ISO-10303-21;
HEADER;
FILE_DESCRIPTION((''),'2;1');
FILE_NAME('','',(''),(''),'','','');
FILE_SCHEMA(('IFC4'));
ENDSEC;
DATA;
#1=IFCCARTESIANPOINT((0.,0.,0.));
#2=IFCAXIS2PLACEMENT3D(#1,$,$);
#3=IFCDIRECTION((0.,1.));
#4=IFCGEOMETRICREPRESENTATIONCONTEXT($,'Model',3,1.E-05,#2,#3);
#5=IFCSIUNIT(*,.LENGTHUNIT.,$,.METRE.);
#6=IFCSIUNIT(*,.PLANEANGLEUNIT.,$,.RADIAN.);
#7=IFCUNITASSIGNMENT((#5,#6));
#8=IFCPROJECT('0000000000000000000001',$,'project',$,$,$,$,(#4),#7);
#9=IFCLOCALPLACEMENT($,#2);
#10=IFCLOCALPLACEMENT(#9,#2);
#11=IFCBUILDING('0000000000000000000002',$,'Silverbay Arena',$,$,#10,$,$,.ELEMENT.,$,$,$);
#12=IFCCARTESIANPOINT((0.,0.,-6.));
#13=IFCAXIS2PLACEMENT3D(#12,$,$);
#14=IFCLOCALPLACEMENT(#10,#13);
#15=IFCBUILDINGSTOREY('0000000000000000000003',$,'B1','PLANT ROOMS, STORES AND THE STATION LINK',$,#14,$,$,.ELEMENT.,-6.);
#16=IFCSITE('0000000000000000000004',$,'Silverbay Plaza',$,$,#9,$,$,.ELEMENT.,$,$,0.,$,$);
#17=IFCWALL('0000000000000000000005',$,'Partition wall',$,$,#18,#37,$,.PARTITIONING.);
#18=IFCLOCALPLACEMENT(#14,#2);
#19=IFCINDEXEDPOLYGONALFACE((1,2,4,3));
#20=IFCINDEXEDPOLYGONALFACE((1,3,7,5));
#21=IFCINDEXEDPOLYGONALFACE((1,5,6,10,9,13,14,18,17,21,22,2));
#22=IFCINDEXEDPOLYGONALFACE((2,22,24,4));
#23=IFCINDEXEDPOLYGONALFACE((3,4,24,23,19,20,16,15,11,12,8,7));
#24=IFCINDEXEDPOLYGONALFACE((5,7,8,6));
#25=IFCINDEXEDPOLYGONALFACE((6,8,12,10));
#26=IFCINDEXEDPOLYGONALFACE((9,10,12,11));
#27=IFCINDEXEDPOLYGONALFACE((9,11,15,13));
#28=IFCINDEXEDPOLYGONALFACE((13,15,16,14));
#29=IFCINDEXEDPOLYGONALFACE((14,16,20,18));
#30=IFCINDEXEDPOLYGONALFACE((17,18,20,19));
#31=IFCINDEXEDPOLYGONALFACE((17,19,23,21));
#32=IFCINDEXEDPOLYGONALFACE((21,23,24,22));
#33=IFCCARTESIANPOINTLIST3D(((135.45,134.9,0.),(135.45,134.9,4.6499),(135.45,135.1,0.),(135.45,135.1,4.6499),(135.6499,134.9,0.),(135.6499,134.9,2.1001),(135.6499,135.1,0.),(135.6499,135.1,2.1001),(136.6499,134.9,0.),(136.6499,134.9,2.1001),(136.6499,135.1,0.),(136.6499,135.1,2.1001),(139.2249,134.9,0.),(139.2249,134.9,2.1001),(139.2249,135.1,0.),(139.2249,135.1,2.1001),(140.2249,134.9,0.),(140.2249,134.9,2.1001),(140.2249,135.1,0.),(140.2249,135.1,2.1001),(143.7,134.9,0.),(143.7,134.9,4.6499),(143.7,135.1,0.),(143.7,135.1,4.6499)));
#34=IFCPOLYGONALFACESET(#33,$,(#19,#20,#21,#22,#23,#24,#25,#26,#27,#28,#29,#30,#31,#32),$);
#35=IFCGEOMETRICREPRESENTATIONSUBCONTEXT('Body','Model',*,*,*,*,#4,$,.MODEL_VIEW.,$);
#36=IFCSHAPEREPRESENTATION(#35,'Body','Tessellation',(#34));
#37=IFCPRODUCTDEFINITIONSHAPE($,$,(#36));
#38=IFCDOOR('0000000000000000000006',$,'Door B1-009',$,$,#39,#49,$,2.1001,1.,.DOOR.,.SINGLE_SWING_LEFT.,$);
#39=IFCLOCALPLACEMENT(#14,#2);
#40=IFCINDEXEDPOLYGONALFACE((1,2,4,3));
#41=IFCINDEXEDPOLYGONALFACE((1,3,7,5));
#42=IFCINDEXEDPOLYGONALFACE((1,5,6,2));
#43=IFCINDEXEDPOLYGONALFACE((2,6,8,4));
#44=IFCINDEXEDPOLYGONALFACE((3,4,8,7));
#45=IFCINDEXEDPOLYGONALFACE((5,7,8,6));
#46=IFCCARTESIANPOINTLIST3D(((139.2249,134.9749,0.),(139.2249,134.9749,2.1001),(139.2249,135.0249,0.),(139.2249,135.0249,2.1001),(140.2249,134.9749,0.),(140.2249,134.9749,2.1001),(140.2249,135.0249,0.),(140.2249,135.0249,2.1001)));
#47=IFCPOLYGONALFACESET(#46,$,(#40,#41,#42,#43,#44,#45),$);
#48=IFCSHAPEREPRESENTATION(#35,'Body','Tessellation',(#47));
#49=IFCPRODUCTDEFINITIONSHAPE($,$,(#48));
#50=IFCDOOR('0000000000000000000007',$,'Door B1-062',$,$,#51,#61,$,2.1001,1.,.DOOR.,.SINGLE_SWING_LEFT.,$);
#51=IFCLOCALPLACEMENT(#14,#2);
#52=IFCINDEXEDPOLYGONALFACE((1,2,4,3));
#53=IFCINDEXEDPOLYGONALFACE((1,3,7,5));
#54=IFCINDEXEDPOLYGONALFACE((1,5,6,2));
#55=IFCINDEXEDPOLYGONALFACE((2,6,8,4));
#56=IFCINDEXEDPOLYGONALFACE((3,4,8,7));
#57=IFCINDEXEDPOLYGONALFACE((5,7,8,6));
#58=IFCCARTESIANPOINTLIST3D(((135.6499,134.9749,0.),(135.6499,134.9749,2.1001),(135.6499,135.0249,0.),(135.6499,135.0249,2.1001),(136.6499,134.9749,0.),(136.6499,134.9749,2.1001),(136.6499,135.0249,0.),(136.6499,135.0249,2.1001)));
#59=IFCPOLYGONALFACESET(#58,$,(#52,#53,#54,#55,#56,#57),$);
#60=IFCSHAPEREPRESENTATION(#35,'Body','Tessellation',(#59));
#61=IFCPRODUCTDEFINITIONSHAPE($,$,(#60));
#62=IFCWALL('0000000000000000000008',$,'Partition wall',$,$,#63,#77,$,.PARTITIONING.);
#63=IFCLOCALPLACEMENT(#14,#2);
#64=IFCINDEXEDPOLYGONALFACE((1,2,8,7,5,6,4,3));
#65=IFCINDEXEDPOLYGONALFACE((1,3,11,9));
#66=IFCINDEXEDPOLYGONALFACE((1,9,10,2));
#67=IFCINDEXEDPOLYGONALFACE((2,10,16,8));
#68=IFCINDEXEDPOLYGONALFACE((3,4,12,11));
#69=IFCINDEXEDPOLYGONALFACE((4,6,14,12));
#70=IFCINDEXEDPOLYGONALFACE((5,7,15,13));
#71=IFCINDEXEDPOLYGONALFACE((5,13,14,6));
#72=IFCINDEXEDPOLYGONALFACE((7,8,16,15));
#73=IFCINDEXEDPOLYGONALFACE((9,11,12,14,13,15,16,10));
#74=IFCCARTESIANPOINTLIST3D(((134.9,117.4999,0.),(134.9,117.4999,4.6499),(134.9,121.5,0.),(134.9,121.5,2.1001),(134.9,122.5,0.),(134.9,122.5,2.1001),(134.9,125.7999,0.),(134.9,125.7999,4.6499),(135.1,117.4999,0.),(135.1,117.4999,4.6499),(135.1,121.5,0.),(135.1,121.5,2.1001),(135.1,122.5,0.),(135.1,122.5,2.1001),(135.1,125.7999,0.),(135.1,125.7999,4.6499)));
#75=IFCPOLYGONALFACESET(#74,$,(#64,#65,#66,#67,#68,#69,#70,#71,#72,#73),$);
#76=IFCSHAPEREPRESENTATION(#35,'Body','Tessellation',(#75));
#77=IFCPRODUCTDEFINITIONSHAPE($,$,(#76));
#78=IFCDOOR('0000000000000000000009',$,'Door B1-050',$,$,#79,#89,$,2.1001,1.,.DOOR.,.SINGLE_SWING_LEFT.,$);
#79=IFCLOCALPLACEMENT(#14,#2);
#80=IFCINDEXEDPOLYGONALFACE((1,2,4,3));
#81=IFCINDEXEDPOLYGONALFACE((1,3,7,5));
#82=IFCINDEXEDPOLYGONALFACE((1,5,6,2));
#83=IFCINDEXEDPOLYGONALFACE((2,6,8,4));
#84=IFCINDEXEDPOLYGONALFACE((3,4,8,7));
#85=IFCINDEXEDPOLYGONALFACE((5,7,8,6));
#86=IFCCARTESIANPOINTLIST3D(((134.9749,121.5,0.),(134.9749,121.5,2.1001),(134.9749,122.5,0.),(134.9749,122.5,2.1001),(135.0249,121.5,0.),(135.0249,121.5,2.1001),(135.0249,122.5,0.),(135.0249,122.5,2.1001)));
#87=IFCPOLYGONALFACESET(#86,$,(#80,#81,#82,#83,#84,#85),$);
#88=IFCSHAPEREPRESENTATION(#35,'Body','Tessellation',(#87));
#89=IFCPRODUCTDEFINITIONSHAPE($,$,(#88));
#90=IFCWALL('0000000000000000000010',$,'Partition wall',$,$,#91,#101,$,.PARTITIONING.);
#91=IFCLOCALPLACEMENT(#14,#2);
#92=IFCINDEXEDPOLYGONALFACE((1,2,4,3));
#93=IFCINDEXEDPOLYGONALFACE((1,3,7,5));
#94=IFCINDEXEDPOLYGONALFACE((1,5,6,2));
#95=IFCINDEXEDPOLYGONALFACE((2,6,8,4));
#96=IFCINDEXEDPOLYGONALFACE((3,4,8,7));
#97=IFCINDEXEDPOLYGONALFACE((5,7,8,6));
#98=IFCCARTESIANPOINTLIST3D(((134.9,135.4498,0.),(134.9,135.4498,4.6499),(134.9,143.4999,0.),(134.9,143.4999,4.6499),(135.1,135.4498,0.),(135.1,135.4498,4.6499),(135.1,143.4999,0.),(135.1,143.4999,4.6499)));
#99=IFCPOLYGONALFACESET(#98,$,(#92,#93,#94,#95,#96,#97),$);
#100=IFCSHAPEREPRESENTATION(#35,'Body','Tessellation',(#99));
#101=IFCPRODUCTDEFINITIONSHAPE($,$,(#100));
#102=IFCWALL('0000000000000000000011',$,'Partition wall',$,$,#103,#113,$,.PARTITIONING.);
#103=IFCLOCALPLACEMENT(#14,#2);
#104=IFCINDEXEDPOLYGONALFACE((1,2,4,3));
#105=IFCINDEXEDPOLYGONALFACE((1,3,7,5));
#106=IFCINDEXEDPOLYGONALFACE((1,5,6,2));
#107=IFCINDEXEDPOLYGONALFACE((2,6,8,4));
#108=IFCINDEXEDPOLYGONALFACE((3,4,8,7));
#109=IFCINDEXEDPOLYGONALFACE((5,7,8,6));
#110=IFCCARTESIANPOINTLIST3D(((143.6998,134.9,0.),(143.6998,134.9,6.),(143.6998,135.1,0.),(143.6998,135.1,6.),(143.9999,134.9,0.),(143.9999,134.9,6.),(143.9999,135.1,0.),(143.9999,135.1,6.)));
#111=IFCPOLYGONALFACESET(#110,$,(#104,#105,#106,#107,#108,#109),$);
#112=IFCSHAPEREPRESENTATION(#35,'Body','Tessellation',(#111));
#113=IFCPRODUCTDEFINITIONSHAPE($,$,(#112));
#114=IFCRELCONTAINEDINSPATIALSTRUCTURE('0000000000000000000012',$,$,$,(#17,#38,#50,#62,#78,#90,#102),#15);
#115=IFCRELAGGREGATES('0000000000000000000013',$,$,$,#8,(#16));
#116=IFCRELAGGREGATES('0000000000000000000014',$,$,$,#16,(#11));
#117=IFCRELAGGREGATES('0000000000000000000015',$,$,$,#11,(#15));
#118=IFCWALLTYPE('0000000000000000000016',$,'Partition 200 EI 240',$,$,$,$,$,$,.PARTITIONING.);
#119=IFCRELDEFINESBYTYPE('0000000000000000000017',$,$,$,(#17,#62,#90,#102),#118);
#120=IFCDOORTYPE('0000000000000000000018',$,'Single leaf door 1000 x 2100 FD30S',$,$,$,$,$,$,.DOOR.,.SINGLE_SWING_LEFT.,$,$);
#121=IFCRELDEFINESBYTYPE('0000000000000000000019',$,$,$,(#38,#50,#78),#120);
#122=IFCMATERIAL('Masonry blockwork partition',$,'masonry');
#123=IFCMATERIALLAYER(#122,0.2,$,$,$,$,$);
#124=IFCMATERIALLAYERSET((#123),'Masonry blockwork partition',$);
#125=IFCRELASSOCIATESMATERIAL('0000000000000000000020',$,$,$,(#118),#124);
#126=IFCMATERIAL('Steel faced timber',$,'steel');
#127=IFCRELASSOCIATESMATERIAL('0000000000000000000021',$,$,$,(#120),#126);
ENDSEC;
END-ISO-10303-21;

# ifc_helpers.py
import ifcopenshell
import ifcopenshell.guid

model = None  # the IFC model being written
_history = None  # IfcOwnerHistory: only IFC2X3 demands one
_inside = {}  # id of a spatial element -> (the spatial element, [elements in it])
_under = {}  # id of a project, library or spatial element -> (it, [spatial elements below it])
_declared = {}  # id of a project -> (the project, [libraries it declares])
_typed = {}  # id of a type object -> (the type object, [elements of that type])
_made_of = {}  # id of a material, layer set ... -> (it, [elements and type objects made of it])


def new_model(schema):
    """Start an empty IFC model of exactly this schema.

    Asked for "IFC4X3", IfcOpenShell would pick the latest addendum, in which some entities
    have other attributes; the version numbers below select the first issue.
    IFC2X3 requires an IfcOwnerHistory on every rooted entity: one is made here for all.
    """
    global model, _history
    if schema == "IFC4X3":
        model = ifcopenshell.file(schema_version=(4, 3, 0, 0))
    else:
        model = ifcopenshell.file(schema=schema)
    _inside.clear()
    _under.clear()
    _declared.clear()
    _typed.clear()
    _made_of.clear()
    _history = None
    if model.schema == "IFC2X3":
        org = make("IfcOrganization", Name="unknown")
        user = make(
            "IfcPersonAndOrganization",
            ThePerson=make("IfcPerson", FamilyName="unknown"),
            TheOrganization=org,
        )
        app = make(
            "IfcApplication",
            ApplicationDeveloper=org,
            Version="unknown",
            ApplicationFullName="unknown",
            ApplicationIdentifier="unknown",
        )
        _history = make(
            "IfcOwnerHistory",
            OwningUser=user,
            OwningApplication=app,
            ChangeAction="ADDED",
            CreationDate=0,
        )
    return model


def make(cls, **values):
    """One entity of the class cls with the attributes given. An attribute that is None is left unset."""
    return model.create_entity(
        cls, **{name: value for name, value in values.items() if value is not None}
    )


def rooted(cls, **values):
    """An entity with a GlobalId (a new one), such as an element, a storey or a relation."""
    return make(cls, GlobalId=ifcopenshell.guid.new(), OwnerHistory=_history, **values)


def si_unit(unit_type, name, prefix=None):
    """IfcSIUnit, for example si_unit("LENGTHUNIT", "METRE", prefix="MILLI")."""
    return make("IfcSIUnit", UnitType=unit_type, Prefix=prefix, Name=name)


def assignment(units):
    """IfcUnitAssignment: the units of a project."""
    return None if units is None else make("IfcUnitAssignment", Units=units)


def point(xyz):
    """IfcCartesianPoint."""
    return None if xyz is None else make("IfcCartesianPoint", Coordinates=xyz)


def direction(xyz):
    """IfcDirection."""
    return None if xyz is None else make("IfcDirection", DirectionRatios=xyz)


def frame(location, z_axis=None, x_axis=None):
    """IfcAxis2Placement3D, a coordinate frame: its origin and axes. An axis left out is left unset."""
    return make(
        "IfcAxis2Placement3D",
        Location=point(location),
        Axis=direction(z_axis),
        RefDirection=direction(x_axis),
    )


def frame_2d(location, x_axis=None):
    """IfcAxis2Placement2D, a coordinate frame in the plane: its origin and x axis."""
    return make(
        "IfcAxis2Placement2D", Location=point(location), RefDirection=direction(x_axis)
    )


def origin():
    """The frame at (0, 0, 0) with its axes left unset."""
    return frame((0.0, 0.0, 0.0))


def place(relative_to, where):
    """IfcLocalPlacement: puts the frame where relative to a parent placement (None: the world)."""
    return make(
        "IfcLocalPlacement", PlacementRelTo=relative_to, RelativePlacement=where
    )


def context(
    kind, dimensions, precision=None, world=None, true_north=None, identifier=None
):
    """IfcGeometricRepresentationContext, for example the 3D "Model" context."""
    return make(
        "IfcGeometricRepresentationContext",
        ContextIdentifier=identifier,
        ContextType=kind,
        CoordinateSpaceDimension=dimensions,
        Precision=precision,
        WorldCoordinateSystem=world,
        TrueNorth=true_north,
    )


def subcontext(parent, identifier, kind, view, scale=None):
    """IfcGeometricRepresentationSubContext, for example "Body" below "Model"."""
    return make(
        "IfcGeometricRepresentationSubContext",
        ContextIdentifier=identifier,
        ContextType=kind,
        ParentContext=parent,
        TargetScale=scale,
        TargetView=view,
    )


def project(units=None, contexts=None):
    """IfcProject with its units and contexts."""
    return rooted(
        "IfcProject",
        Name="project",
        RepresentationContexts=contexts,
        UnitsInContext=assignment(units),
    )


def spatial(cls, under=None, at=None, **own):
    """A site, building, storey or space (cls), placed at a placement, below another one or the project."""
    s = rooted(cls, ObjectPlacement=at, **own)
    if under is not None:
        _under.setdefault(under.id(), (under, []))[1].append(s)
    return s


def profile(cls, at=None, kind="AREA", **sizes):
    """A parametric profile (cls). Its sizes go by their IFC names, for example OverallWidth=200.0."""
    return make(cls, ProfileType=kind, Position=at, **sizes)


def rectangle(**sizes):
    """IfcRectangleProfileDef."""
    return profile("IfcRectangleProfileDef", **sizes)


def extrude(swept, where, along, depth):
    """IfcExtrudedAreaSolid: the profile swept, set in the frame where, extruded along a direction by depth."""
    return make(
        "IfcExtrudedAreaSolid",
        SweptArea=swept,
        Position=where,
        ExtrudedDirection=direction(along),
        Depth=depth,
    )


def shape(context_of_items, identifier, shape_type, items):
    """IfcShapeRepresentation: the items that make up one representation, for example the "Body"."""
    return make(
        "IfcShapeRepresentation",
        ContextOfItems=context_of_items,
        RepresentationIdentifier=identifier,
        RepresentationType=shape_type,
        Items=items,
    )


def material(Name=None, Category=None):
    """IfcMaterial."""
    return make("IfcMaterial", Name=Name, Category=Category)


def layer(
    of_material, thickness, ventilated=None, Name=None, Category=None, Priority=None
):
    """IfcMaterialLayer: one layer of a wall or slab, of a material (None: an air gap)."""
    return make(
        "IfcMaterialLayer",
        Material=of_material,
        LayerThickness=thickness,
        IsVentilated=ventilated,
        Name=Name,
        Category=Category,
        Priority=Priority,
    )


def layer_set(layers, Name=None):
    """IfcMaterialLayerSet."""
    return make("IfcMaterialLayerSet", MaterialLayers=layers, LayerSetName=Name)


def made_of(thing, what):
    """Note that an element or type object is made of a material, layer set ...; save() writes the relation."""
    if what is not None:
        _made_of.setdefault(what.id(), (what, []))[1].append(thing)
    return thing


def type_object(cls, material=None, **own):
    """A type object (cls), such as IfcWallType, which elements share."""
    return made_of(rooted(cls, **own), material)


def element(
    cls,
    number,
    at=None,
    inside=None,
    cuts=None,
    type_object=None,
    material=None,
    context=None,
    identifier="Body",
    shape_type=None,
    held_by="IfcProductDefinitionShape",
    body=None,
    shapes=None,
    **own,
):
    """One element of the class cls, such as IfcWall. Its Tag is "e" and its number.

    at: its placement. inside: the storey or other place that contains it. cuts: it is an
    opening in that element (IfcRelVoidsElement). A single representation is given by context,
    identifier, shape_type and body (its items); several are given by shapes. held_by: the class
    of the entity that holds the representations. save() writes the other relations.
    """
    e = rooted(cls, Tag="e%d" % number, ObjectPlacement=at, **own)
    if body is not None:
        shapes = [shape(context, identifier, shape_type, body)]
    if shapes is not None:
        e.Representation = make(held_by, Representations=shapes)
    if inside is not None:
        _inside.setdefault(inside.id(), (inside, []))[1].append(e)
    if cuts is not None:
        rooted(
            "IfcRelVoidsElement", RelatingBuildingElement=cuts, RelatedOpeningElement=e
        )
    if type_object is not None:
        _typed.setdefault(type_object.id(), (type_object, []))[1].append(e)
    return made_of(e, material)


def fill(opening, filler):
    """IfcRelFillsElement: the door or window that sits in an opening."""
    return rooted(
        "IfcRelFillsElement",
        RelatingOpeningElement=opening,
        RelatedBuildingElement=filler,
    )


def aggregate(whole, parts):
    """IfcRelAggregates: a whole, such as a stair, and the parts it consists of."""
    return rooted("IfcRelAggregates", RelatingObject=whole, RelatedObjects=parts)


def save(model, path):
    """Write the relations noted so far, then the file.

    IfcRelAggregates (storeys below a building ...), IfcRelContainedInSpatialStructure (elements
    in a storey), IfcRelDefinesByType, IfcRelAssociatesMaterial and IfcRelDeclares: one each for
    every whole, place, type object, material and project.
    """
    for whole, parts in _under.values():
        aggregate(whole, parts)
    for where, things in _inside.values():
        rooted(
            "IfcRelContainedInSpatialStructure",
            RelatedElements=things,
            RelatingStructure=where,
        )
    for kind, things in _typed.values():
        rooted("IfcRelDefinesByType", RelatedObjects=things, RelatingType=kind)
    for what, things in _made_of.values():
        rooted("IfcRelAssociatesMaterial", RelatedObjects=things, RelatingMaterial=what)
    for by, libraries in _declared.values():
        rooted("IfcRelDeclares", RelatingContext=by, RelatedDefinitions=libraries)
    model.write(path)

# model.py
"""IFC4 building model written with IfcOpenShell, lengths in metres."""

from ifc_helpers import new_model, si_unit, direction, frame, frame_2d, origin, place, context, subcontext, project, spatial, rectangle, extrude, material, layer, layer_set, type_object, element, fill, save


model = new_model("IFC4")

# Units and contexts
model_context = context("Model", 3, precision=1e-05, world=origin(), true_north=direction((0.0, 1.0)))
body_context = subcontext(model_context, "Body", "Model", "MODEL_VIEW")
ifc_project = project(units=[si_unit("LENGTHUNIT", "METRE"), si_unit("PLANEANGLEUNIT", "RADIAN")], contexts=[model_context])

# Site, building, storey
site_placement = place(None, origin())
site = spatial("IfcSite", under=ifc_project, at=site_placement, Name="Silverbay Plaza", CompositionType="ELEMENT", RefElevation=0.0)
building_placement = place(site_placement, origin())
building = spatial("IfcBuilding", under=site, at=building_placement, Name="Silverbay Arena", CompositionType="ELEMENT")
storey_placement = place(building_placement, frame((0.0, 0.0, -6.0)))
storey = spatial("IfcBuildingStorey", under=building, at=storey_placement, Name="B1", Description="PLANT ROOMS, STORES AND THE STATION LINK", CompositionType="ELEMENT", Elevation=-6.0)

# Wall, openings, doors
ifc_material_1 = material(Name="Masonry blockwork partition", Category="masonry")
ifc_layer_1 = layer(ifc_material_1, 0.2)
ifc_layer_set_1 = layer_set([ifc_layer_1], Name="Masonry blockwork partition")
wall_type_1 = type_object("IfcWallType", Name="Partition 200 EI 240", PredefinedType="PARTITIONING", material=ifc_layer_set_1)
wall_1_placement = place(storey_placement, frame((135.45, 135.0, 0.0), z_axis=(0.0, 0.0, 1.0), x_axis=(1.0, 0.0, 0.0)))
wall_1 = element("IfcWall", 1, at=wall_1_placement, inside=storey, type_object=wall_type_1, Name="Partition wall", PredefinedType="PARTITIONING", context=body_context, shape_type="SweptSolid", body=[
    extrude(rectangle(XDim=8.25, YDim=0.2, at=frame_2d((4.125, 0.0))), origin(), (0.0, 0.0, 1.0), 4.6499),
])
opening_1_placement = place(wall_1_placement, frame((3.7749, 0.0, 0.0)))
opening_1 = element("IfcOpeningElement", 2, at=opening_1_placement, cuts=wall_1, PredefinedType="OPENING", context=body_context, shape_type="SweptSolid", body=[
    extrude(rectangle(XDim=1.0, YDim=2.1001, at=frame_2d((0.5, 1.05))), frame((0.0, 0.1099, 0.0), z_axis=(0.0, -1.0, 0.0), x_axis=(1.0, 0.0, 0.0)), (0.0, 0.0, 1.0), 0.22),
])
opening_2_placement = place(wall_1_placement, frame((0.2, 0.0, 0.0)))
opening_2 = element("IfcOpeningElement", 3, at=opening_2_placement, cuts=wall_1, PredefinedType="OPENING", context=body_context, shape_type="SweptSolid", body=[
    extrude(rectangle(XDim=1.0, YDim=2.1001, at=frame_2d((0.5, 1.05))), frame((0.0, 0.1099, 0.0), z_axis=(0.0, -1.0, 0.0), x_axis=(1.0, 0.0, 0.0)), (0.0, 0.0, 1.0), 0.22),
])
ifc_material_2 = material(Name="Steel faced timber", Category="steel")
door_type_1 = type_object("IfcDoorType", Name="Single leaf door 1000 x 2100 FD30S", OperationType="SINGLE_SWING_LEFT", PredefinedType="DOOR", material=ifc_material_2)
door_1_placement = place(opening_1_placement, origin())
door_1 = element("IfcDoor", 4, at=door_1_placement, inside=storey, type_object=door_type_1, Name="Door B1-009", OperationType="SINGLE_SWING_LEFT", OverallHeight=2.1001, OverallWidth=1.0, PredefinedType="DOOR", context=body_context, shape_type="SweptSolid", body=[
    extrude(rectangle(XDim=1.0, YDim=2.1001, at=frame_2d((0.5, 1.05))), frame((0.0, 0.0249, 0.0), z_axis=(0.0, -1.0, 0.0), x_axis=(1.0, 0.0, 0.0)), (0.0, 0.0, 1.0), 0.05),
])
fill(opening_1, door_1)
door_2_placement = place(opening_2_placement, origin())
door_2 = element("IfcDoor", 5, at=door_2_placement, inside=storey, type_object=door_type_1, Name="Door B1-062", OperationType="SINGLE_SWING_LEFT", OverallHeight=2.1001, OverallWidth=1.0, PredefinedType="DOOR", context=body_context, shape_type="SweptSolid", body=[
    extrude(rectangle(XDim=1.0, YDim=2.1001, at=frame_2d((0.5, 1.05))), frame((0.0, 0.0249, 0.0), z_axis=(0.0, -1.0, 0.0), x_axis=(1.0, 0.0, 0.0)), (0.0, 0.0, 1.0), 0.05),
])
fill(opening_2, door_2)

# Wall, opening, door
wall_2_placement = place(storey_placement, frame((135.0, 117.5, 0.0), z_axis=(0.0, 0.0, 1.0), x_axis=(0.0, 1.0, 0.0)))
wall_2 = element("IfcWall", 6, at=wall_2_placement, inside=storey, type_object=wall_type_1, Name="Partition wall", PredefinedType="PARTITIONING", context=body_context, shape_type="SweptSolid", body=[
    extrude(rectangle(XDim=8.3, YDim=0.2, at=frame_2d((4.1499, 0.0))), origin(), (0.0, 0.0, 1.0), 4.6499),
])
opening_3_placement = place(wall_2_placement, frame((4.0, 0.0, 0.0)))
opening_3 = element("IfcOpeningElement", 7, at=opening_3_placement, cuts=wall_2, PredefinedType="OPENING", context=body_context, shape_type="SweptSolid", body=[
    extrude(rectangle(XDim=1.0, YDim=2.1001, at=frame_2d((0.5, 1.05))), frame((0.0, 0.1099, 0.0), z_axis=(0.0, -1.0, 0.0), x_axis=(1.0, 0.0, 0.0)), (0.0, 0.0, 1.0), 0.22),
])
door_3_placement = place(opening_3_placement, frame((1.0, 0.0, 0.0), z_axis=(0.0, 0.0, 1.0), x_axis=(-1.0, 0.0, 0.0)))
door_3 = element("IfcDoor", 8, at=door_3_placement, inside=storey, type_object=door_type_1, Name="Door B1-050", OperationType="SINGLE_SWING_LEFT", OverallHeight=2.1001, OverallWidth=1.0, PredefinedType="DOOR", context=body_context, shape_type="SweptSolid", body=[
    extrude(rectangle(XDim=1.0, YDim=2.1001, at=frame_2d((0.5, 1.05))), frame((0.0, 0.0249, 0.0), z_axis=(0.0, -1.0, 0.0), x_axis=(1.0, 0.0, 0.0)), (0.0, 0.0, 1.0), 0.05),
])
fill(opening_3, door_3)

# Walls
wall_3_placement = place(storey_placement, frame((135.0, 135.45, 0.0), z_axis=(0.0, 0.0, 1.0), x_axis=(0.0, 1.0, 0.0)))
element("IfcWall", 9, at=wall_3_placement, inside=storey, type_object=wall_type_1, Name="Partition wall", PredefinedType="PARTITIONING", context=body_context, shape_type="SweptSolid", body=[
    extrude(rectangle(XDim=8.05, YDim=0.2, at=frame_2d((4.0249, 0.0))), origin(), (0.0, 0.0, 1.0), 4.6499),
])
wall_4_placement = place(storey_placement, frame((143.7, 135.0, 0.0), z_axis=(0.0, 0.0, 1.0), x_axis=(1.0, 0.0, 0.0)))
element("IfcWall", 10, at=wall_4_placement, inside=storey, type_object=wall_type_1, Name="Partition wall", PredefinedType="PARTITIONING", context=body_context, shape_type="SweptSolid", body=[
    extrude(rectangle(XDim=0.3, YDim=0.2, at=frame_2d((0.1499, 0.0))), origin(), (0.0, 0.0, 1.0), 6.0),
])

save(model, "model.ifc")
